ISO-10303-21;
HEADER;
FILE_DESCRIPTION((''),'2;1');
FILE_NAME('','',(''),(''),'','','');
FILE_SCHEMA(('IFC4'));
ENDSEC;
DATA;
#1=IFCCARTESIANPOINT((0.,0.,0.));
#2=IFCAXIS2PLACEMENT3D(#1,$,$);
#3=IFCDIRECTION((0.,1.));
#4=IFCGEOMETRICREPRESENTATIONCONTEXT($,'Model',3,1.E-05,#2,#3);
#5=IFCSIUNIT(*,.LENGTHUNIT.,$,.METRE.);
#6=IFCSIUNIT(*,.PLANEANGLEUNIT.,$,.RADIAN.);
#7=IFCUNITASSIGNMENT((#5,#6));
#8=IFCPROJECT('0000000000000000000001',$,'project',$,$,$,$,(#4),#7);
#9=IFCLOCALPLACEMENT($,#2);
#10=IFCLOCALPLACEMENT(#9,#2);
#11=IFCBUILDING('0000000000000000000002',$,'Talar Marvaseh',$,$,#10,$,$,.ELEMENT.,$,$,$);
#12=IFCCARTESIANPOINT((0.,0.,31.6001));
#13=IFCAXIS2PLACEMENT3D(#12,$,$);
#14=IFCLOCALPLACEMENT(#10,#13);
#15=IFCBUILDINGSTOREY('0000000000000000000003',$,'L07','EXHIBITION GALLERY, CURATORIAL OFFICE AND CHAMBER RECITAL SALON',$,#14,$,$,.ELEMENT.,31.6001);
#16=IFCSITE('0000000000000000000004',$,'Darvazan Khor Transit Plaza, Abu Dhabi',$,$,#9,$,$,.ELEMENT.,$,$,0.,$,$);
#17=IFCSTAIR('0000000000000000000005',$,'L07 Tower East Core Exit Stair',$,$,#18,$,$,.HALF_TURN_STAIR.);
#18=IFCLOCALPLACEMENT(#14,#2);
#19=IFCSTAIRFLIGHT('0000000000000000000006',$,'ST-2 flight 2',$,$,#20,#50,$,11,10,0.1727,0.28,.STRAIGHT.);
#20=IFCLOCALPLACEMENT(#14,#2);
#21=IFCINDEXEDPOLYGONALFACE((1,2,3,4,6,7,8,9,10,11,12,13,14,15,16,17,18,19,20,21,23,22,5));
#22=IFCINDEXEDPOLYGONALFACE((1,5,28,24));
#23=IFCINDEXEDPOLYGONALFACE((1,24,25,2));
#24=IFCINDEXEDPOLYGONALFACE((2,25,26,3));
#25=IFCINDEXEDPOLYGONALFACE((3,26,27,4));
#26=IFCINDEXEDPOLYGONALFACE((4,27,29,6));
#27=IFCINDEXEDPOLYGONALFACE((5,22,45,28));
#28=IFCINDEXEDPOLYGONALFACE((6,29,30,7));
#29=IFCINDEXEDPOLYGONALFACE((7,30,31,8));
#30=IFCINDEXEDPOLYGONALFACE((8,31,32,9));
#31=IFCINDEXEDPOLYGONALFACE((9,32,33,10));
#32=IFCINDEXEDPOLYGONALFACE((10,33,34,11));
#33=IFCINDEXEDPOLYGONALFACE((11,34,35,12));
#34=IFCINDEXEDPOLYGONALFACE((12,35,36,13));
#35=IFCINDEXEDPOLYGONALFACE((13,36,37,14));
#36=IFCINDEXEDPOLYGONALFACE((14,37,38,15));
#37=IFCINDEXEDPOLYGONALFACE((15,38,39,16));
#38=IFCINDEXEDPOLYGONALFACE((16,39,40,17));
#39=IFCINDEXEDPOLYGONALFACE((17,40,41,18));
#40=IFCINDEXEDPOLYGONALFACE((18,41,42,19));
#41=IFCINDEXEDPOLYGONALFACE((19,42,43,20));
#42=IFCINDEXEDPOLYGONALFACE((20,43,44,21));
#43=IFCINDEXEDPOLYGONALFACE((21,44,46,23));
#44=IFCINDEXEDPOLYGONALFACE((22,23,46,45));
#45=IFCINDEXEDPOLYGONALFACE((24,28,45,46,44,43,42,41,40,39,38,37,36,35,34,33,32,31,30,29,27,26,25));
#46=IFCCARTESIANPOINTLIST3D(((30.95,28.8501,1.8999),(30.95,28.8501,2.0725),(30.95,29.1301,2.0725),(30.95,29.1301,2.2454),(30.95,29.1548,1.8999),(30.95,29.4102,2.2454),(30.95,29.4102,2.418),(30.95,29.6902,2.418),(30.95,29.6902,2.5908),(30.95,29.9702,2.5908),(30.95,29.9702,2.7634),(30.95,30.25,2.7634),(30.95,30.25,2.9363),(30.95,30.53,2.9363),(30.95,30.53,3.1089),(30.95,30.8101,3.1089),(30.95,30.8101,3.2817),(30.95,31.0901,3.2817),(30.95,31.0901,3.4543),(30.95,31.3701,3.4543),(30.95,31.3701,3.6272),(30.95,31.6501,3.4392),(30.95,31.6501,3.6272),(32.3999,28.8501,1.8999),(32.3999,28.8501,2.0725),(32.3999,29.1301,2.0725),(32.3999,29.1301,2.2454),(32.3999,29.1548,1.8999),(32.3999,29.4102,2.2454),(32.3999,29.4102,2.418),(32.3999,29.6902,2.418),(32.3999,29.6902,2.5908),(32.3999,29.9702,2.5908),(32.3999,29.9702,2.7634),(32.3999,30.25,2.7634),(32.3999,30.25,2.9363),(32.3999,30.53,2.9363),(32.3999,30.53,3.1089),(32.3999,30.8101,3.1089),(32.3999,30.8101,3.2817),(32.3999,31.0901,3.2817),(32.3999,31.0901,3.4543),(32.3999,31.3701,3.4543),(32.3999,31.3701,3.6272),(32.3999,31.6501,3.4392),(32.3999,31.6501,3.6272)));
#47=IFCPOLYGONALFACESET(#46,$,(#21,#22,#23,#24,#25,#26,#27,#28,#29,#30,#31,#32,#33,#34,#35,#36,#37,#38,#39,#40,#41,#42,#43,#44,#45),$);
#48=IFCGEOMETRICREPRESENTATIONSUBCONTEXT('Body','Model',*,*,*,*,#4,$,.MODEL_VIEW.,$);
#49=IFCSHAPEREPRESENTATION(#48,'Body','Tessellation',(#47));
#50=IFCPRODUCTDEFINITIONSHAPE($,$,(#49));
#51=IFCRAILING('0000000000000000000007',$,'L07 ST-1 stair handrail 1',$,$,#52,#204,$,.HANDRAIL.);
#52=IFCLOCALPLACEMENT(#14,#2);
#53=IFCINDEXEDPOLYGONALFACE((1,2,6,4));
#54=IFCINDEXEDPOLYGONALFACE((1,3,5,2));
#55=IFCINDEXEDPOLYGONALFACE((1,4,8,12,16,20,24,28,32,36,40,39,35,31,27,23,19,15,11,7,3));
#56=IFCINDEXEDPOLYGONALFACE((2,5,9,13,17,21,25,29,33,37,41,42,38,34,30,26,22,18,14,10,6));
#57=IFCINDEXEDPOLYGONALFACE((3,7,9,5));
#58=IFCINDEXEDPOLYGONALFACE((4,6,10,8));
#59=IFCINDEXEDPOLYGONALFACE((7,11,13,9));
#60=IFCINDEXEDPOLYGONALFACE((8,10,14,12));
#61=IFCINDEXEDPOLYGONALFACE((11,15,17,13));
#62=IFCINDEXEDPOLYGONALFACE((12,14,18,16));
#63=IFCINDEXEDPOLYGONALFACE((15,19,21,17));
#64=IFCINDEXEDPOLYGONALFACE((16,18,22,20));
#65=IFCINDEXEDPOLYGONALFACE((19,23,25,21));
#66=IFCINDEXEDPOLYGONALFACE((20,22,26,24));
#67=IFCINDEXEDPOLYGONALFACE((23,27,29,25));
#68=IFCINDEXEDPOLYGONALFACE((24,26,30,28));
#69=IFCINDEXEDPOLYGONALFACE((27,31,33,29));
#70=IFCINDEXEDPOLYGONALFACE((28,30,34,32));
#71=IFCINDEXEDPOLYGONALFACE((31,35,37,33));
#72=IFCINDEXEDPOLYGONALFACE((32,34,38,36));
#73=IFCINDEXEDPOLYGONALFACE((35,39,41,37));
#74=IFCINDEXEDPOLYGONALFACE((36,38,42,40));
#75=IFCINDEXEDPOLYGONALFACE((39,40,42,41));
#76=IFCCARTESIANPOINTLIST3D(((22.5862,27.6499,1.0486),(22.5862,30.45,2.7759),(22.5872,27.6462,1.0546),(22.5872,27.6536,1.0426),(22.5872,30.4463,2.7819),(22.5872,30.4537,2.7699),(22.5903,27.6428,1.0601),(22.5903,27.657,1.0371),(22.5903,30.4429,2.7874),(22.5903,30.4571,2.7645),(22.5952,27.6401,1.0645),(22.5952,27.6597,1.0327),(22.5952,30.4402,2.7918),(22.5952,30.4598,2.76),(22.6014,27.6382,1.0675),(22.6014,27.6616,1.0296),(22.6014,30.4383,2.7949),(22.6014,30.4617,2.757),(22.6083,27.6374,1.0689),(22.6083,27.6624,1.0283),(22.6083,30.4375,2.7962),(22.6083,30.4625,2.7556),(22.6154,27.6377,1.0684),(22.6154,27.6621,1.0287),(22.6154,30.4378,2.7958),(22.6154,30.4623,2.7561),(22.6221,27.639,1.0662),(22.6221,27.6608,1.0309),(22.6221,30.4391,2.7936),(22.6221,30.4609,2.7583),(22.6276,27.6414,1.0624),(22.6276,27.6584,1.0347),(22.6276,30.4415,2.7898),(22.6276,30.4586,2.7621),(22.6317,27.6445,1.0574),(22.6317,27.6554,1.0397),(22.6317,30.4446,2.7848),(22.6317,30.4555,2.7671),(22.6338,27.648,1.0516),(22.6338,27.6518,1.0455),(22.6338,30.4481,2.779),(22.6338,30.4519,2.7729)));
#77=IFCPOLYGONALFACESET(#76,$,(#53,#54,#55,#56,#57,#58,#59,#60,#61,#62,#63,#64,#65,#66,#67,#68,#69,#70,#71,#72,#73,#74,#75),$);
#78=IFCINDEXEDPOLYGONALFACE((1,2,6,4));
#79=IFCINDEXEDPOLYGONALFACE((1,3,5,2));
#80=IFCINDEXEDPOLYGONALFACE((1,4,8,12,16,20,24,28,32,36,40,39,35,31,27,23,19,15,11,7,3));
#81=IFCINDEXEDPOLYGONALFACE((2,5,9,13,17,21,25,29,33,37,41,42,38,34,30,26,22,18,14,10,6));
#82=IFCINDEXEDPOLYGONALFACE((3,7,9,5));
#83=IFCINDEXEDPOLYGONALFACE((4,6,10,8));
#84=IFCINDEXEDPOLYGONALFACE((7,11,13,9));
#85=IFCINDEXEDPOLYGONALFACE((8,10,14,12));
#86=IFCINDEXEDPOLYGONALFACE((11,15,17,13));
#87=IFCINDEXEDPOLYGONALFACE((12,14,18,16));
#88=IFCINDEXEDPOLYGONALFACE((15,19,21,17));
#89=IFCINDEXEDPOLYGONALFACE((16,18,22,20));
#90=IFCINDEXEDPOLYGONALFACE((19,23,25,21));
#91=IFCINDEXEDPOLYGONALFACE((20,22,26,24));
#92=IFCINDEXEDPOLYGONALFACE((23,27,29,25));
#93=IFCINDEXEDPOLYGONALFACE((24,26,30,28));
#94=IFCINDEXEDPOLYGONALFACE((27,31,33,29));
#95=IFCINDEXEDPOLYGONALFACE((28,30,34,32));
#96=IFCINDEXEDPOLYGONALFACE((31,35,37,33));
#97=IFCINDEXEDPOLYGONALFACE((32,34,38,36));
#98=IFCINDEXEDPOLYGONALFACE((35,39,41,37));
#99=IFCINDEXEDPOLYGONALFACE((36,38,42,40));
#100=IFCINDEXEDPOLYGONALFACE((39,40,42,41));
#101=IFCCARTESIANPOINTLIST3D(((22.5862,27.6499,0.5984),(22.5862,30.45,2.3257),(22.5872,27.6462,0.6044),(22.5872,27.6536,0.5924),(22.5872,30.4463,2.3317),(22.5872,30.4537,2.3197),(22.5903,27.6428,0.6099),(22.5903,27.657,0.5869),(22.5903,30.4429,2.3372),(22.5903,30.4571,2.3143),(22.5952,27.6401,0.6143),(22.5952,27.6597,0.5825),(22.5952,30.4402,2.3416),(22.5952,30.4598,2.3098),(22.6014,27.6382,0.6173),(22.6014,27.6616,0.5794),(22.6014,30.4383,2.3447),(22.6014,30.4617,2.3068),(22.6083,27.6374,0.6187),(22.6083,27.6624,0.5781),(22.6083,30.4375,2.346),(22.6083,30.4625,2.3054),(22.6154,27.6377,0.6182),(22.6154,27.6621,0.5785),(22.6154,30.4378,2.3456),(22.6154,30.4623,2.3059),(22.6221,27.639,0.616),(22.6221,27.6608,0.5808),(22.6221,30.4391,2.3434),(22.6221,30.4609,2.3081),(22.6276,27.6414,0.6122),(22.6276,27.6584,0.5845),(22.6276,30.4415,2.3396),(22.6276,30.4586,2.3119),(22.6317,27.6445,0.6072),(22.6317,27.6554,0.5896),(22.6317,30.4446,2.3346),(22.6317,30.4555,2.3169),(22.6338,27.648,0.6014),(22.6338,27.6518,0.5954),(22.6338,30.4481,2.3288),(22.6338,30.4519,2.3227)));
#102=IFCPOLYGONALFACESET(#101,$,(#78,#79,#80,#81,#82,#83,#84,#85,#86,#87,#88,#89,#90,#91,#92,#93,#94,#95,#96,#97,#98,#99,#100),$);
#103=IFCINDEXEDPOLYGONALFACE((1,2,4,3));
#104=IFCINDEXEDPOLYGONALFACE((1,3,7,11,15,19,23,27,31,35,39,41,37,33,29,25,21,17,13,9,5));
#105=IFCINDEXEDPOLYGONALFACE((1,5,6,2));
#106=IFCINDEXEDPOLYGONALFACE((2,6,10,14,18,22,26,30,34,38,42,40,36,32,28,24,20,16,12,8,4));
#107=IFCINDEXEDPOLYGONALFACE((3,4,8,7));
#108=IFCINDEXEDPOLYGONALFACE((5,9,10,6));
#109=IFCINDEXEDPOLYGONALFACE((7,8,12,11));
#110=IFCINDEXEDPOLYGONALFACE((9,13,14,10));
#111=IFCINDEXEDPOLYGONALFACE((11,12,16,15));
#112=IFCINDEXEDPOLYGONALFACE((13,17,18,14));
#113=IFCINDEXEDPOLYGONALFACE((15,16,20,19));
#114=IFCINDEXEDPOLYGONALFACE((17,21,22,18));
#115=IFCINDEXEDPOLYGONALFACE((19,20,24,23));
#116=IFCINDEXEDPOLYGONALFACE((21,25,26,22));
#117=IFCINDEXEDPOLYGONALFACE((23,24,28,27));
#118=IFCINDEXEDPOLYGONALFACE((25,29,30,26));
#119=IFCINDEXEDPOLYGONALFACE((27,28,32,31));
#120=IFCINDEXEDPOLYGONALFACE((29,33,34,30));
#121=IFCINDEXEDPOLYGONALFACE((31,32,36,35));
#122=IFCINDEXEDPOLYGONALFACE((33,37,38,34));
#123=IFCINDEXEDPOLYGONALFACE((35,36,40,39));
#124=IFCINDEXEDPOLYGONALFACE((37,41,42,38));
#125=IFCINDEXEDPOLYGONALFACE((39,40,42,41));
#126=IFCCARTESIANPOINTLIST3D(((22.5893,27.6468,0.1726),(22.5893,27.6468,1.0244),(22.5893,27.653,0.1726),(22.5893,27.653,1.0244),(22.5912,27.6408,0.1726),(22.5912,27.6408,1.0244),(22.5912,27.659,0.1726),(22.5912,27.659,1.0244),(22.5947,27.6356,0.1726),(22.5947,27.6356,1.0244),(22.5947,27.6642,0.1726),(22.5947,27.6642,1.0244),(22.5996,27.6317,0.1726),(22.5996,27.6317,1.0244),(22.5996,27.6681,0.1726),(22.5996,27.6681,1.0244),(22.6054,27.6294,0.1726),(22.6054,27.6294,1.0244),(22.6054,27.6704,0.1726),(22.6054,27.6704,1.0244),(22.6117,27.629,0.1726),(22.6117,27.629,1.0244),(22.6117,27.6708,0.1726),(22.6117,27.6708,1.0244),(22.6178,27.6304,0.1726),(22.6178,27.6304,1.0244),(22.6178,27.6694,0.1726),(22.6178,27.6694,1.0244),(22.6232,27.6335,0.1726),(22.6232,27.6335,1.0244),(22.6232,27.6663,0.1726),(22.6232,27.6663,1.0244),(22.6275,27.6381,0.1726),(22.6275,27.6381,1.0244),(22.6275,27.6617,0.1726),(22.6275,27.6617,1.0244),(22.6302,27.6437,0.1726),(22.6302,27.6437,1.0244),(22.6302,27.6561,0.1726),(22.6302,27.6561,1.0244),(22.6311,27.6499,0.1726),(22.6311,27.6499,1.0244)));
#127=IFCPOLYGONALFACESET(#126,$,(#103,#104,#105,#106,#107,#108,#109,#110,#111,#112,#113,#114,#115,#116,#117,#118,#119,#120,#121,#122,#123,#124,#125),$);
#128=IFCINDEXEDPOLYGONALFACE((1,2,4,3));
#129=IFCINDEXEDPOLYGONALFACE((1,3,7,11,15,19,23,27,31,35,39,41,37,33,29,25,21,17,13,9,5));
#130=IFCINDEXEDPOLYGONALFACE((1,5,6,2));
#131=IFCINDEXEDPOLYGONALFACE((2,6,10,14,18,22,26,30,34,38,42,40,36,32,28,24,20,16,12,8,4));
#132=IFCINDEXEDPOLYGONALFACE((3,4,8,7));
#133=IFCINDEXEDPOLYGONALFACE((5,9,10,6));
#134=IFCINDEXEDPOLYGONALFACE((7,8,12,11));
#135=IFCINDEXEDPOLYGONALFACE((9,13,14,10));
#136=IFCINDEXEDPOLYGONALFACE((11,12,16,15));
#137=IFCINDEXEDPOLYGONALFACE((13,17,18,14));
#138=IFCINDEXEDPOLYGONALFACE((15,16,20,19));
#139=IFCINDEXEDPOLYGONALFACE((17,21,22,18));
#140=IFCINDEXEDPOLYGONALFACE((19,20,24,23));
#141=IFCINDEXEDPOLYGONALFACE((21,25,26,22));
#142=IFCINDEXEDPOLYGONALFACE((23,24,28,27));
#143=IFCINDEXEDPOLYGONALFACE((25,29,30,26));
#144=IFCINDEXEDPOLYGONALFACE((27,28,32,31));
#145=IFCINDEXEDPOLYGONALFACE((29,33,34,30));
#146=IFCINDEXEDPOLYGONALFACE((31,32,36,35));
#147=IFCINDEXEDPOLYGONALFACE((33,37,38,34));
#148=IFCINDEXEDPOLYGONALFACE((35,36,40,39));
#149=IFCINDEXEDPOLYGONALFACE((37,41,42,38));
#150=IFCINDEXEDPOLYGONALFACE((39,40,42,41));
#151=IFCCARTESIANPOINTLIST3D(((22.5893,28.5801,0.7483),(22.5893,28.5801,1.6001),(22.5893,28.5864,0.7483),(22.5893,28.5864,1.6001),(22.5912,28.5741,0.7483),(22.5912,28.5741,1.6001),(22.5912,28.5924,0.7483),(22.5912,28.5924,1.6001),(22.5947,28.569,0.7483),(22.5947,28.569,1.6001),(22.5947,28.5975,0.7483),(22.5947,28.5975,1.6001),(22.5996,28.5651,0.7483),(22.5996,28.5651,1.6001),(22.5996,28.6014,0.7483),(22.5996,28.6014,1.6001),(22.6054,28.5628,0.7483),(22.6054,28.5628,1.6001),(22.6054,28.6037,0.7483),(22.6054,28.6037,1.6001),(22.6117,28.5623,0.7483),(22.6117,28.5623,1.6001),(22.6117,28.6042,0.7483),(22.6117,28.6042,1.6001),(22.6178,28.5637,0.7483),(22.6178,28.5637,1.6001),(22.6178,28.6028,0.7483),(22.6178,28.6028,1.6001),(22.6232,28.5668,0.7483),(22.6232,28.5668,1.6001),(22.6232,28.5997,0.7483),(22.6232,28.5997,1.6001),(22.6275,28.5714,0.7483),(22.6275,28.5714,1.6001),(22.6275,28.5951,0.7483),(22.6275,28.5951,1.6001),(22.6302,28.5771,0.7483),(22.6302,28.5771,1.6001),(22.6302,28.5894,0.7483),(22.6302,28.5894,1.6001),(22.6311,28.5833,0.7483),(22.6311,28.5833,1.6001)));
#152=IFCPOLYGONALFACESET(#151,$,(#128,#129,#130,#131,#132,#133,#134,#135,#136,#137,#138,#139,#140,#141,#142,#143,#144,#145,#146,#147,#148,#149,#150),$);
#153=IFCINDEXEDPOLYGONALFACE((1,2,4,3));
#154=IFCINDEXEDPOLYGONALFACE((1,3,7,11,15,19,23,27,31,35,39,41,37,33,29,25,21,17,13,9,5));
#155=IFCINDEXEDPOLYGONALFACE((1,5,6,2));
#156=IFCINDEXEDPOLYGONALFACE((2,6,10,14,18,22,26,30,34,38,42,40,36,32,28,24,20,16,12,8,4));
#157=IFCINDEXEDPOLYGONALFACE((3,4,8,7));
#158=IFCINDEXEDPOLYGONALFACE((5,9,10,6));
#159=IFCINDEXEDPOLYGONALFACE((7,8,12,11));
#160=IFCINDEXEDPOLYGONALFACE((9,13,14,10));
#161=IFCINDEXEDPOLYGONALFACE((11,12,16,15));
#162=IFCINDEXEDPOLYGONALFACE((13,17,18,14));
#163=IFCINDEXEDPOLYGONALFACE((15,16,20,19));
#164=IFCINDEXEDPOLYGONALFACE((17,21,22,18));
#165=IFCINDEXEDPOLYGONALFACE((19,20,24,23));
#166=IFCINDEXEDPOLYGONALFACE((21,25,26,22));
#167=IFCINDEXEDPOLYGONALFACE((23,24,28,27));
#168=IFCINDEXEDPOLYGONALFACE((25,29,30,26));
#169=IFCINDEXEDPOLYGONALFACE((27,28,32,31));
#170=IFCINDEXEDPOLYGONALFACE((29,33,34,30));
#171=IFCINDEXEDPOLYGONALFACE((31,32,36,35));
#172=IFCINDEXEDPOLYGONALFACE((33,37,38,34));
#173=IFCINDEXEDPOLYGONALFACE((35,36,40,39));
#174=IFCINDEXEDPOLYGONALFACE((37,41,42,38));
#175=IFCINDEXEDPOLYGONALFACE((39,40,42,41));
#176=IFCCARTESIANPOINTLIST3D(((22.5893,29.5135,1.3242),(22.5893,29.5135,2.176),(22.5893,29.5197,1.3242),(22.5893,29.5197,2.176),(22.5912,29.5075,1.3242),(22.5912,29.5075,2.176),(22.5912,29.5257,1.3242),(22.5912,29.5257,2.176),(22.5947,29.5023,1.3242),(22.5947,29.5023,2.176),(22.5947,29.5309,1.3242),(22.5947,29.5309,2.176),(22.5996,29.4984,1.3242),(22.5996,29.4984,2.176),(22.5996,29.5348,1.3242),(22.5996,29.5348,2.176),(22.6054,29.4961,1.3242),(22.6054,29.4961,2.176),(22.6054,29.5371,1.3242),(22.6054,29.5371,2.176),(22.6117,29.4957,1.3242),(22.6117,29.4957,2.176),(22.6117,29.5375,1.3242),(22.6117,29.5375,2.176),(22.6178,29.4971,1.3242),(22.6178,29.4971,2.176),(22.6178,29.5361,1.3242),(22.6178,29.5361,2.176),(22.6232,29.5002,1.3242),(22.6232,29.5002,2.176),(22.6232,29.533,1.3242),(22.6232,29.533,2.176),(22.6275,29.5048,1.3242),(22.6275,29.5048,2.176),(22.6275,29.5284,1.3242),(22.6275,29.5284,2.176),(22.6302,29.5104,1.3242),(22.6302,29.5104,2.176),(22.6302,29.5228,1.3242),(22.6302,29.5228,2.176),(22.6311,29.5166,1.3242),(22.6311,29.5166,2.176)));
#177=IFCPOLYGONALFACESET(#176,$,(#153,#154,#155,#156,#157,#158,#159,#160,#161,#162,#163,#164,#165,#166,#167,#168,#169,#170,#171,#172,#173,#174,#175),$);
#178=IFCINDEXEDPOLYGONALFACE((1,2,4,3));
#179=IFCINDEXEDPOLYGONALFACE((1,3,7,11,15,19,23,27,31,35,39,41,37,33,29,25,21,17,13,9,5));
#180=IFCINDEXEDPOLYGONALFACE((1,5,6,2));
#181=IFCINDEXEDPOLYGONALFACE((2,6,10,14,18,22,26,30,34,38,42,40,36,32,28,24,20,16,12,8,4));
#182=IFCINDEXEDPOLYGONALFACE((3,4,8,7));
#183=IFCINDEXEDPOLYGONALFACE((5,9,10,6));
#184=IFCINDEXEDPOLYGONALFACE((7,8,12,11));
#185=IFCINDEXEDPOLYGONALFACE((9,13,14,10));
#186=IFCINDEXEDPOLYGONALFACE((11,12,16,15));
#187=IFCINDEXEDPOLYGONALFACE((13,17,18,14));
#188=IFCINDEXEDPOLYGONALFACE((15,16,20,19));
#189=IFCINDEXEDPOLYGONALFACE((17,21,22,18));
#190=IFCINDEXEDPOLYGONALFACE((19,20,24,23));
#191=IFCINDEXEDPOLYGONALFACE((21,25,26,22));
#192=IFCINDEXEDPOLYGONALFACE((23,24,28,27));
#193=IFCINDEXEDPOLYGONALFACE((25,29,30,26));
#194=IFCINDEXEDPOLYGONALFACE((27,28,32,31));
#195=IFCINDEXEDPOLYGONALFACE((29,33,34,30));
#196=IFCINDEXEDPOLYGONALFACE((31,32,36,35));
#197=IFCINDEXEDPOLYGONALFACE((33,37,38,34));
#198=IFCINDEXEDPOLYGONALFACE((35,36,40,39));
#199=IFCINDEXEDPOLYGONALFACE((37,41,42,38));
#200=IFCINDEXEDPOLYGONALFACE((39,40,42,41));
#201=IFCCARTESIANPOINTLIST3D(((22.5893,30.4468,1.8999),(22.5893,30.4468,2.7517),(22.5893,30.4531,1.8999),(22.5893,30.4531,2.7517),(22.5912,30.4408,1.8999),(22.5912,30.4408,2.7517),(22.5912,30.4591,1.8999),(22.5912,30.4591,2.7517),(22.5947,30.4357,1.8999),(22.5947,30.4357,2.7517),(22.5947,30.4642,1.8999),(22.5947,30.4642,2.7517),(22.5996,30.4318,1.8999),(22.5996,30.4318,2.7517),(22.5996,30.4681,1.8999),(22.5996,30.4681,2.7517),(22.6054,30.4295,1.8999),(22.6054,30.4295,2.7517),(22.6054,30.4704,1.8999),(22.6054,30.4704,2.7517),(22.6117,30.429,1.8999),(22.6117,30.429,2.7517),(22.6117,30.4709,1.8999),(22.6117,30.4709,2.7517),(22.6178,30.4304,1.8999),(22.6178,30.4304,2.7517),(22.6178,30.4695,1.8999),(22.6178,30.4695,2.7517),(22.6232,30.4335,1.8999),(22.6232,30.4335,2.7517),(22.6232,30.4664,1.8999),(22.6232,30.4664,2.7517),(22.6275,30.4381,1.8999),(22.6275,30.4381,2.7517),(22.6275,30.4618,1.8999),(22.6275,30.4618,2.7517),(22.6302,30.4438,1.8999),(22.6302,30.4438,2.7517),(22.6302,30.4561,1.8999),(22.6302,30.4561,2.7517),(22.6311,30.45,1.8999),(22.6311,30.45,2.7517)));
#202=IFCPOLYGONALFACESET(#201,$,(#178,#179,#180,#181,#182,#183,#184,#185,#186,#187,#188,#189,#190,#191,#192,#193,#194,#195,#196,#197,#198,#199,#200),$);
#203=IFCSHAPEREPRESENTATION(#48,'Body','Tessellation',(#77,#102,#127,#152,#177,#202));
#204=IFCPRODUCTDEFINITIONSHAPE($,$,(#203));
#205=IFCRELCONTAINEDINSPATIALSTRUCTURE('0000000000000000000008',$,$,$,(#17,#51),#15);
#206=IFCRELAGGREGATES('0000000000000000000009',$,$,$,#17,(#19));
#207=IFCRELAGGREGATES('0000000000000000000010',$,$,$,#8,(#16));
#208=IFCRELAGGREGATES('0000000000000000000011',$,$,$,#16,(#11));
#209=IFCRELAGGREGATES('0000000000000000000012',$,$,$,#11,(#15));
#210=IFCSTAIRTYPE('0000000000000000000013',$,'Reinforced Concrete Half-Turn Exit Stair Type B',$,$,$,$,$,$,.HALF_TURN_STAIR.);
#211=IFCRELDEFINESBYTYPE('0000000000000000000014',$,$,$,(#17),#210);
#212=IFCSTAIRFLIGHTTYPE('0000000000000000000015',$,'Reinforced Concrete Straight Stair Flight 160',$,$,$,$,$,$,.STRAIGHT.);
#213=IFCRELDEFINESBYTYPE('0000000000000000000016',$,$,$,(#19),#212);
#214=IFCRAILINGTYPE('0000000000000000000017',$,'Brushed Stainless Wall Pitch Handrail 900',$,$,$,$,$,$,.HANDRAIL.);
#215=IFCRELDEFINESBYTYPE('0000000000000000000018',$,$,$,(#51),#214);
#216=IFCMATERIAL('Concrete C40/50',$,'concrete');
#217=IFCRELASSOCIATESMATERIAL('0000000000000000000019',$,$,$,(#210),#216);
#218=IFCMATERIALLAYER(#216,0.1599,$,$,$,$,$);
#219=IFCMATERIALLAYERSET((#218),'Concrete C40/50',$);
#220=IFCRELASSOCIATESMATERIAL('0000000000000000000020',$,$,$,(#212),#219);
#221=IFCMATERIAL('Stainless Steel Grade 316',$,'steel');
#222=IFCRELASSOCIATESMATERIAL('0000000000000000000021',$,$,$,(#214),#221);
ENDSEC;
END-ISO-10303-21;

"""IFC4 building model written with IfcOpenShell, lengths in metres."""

from ifc_helpers import new_model, si_unit, direction, frame, origin, origin_2d, place, context, subcontext, project, spatial, polyline, circle, outline, extrude, material, layer, layer_set, type_object, element, aggregate, save


model = new_model("IFC4")

# Units and contexts
model_context = context("Model", 3, precision=1e-05, world=origin(), true_north=direction((0.0, 1.0)))
body_context = subcontext(model_context, "Body", "Model", "MODEL_VIEW")
ifc_project = project(units=[si_unit("LENGTHUNIT", "METRE"), si_unit("PLANEANGLEUNIT", "RADIAN")], contexts=[model_context])

# Site, building, storey
site_placement = place(None, origin())
site = spatial("IfcSite", under=ifc_project, at=site_placement, Name="Darvazan Khor Transit Plaza, Abu Dhabi", CompositionType="ELEMENT", RefElevation=0.0)
building_placement = place(site_placement, origin())
building = spatial("IfcBuilding", under=site, at=building_placement, Name="Talar Marvaseh", CompositionType="ELEMENT")
storey_placement = place(building_placement, frame((0.0, 0.0, 31.6001)))
storey = spatial("IfcBuildingStorey", under=building, at=storey_placement, Name="L07", Description="EXHIBITION GALLERY, CURATORIAL OFFICE AND CHAMBER RECITAL SALON", CompositionType="ELEMENT", Elevation=31.6001)

# Shared definitions
ifc_material_1 = material(Name="Concrete C40/50", Category="concrete")

# Shared definitions
stair_type = type_object("IfcStairType", Name="Reinforced Concrete Half-Turn Exit Stair Type B", PredefinedType="HALF_TURN_STAIR", material=ifc_material_1)
ifc_layer_1 = layer(ifc_material_1, 0.1599)
ifc_layer_set_1 = layer_set([ifc_layer_1], Name="Concrete C40/50")
stair_flight_type = type_object("IfcStairFlightType", Name="Reinforced Concrete Straight Stair Flight 160", PredefinedType="STRAIGHT", material=ifc_layer_set_1)

# Stair, stair flight
stair_1_placement = place(storey_placement, origin())
stair_1 = element("IfcStair", 1, at=stair_1_placement, inside=storey, type_object=stair_type, Name="L07 Tower East Core Exit Stair", PredefinedType="HALF_TURN_STAIR")
stair_flight_1_placement = place(storey_placement, frame((31.675, 28.8501, 1.8999), z_axis=(0.0, 0.0, 1.0), x_axis=(0.0, 1.0, 0.0)))
stair_flight_1 = element("IfcStairFlight", 2, at=stair_flight_1_placement, type_object=stair_flight_type, Name="ST-2 flight 2", NumberOfRisers=11, NumberOfTreads=10, PredefinedType="STRAIGHT", RiserHeight=0.1727, TreadLength=0.28, context=body_context, shape_type="SweptSolid", body=[
    extrude(outline(polyline([(0.0, 0.0), (0.0, 0.1726), (0.28, 0.1726), (0.28, 0.3455), (0.5601, 0.3455), (0.5601, 0.5181), (0.8401, 0.5181), (0.8401, 0.6909), (1.1201, 0.6909), (1.1201, 0.8635), (1.3999, 0.8635), (1.3999, 1.0364), (1.6799, 1.0364), (1.6799, 1.209), (1.96, 1.209), (1.96, 1.3818), (2.24, 1.3818), (2.24, 1.5544), (2.52, 1.5544), (2.52, 1.7273), (2.8, 1.7273), (2.8, 1.8999), (2.8, 1.5393), (0.3047, 0.0), (0.0, 0.0)])), frame((0.0, 0.7251, 0.0), z_axis=(0.0, -1.0, 0.0), x_axis=(1.0, 0.0, 0.0)), (0.0, 0.0, 1.0), 1.45),
])
aggregate(stair_1, [stair_flight_1])

# Railing
ifc_material_2 = material(Name="Stainless Steel Grade 316", Category="steel")
railing_type_1 = type_object("IfcRailingType", Name="Brushed Stainless Wall Pitch Handrail 900", PredefinedType="HANDRAIL", material=ifc_material_2)
railing_1_placement = place(storey_placement, frame((22.6101, 27.6499, 0.1726)))
element("IfcRailing", 3, at=railing_1_placement, inside=storey, type_object=railing_type_1, Name="L07 ST-1 stair handrail 1", PredefinedType="HANDRAIL", context=body_context, shape_type="SweptSolid", body=[
    extrude(circle(Radius=0.0239, at=origin_2d()), frame((0.0, 0.0, 0.876), z_axis=(0.0, 0.85109, 0.52502), x_axis=(-1.0, 0.0, 0.0)), (0.0, 0.0, 1.0), 3.29),
    extrude(circle(Radius=0.0239, at=origin_2d()), frame((0.0, 0.0, 0.4258), z_axis=(0.0, 0.85109, 0.52502), x_axis=(-1.0, 0.0, 0.0)), (0.0, 0.0, 1.0), 3.29),
    extrude(circle(Radius=0.021, at=origin_2d()), origin(), (0.0, 0.0, 1.0), 0.8518),
    extrude(circle(Radius=0.021, at=origin_2d()), frame((0.0, 0.9333, 0.5757)), (0.0, 0.0, 1.0), 0.8518),
    extrude(circle(Radius=0.021, at=origin_2d()), frame((0.0, 1.8667, 1.1516)), (0.0, 0.0, 1.0), 0.8518),
    extrude(circle(Radius=0.021, at=origin_2d()), frame((0.0, 2.8, 1.7273)), (0.0, 0.0, 1.0), 0.8518),
])

save(model, "model.ifc")
